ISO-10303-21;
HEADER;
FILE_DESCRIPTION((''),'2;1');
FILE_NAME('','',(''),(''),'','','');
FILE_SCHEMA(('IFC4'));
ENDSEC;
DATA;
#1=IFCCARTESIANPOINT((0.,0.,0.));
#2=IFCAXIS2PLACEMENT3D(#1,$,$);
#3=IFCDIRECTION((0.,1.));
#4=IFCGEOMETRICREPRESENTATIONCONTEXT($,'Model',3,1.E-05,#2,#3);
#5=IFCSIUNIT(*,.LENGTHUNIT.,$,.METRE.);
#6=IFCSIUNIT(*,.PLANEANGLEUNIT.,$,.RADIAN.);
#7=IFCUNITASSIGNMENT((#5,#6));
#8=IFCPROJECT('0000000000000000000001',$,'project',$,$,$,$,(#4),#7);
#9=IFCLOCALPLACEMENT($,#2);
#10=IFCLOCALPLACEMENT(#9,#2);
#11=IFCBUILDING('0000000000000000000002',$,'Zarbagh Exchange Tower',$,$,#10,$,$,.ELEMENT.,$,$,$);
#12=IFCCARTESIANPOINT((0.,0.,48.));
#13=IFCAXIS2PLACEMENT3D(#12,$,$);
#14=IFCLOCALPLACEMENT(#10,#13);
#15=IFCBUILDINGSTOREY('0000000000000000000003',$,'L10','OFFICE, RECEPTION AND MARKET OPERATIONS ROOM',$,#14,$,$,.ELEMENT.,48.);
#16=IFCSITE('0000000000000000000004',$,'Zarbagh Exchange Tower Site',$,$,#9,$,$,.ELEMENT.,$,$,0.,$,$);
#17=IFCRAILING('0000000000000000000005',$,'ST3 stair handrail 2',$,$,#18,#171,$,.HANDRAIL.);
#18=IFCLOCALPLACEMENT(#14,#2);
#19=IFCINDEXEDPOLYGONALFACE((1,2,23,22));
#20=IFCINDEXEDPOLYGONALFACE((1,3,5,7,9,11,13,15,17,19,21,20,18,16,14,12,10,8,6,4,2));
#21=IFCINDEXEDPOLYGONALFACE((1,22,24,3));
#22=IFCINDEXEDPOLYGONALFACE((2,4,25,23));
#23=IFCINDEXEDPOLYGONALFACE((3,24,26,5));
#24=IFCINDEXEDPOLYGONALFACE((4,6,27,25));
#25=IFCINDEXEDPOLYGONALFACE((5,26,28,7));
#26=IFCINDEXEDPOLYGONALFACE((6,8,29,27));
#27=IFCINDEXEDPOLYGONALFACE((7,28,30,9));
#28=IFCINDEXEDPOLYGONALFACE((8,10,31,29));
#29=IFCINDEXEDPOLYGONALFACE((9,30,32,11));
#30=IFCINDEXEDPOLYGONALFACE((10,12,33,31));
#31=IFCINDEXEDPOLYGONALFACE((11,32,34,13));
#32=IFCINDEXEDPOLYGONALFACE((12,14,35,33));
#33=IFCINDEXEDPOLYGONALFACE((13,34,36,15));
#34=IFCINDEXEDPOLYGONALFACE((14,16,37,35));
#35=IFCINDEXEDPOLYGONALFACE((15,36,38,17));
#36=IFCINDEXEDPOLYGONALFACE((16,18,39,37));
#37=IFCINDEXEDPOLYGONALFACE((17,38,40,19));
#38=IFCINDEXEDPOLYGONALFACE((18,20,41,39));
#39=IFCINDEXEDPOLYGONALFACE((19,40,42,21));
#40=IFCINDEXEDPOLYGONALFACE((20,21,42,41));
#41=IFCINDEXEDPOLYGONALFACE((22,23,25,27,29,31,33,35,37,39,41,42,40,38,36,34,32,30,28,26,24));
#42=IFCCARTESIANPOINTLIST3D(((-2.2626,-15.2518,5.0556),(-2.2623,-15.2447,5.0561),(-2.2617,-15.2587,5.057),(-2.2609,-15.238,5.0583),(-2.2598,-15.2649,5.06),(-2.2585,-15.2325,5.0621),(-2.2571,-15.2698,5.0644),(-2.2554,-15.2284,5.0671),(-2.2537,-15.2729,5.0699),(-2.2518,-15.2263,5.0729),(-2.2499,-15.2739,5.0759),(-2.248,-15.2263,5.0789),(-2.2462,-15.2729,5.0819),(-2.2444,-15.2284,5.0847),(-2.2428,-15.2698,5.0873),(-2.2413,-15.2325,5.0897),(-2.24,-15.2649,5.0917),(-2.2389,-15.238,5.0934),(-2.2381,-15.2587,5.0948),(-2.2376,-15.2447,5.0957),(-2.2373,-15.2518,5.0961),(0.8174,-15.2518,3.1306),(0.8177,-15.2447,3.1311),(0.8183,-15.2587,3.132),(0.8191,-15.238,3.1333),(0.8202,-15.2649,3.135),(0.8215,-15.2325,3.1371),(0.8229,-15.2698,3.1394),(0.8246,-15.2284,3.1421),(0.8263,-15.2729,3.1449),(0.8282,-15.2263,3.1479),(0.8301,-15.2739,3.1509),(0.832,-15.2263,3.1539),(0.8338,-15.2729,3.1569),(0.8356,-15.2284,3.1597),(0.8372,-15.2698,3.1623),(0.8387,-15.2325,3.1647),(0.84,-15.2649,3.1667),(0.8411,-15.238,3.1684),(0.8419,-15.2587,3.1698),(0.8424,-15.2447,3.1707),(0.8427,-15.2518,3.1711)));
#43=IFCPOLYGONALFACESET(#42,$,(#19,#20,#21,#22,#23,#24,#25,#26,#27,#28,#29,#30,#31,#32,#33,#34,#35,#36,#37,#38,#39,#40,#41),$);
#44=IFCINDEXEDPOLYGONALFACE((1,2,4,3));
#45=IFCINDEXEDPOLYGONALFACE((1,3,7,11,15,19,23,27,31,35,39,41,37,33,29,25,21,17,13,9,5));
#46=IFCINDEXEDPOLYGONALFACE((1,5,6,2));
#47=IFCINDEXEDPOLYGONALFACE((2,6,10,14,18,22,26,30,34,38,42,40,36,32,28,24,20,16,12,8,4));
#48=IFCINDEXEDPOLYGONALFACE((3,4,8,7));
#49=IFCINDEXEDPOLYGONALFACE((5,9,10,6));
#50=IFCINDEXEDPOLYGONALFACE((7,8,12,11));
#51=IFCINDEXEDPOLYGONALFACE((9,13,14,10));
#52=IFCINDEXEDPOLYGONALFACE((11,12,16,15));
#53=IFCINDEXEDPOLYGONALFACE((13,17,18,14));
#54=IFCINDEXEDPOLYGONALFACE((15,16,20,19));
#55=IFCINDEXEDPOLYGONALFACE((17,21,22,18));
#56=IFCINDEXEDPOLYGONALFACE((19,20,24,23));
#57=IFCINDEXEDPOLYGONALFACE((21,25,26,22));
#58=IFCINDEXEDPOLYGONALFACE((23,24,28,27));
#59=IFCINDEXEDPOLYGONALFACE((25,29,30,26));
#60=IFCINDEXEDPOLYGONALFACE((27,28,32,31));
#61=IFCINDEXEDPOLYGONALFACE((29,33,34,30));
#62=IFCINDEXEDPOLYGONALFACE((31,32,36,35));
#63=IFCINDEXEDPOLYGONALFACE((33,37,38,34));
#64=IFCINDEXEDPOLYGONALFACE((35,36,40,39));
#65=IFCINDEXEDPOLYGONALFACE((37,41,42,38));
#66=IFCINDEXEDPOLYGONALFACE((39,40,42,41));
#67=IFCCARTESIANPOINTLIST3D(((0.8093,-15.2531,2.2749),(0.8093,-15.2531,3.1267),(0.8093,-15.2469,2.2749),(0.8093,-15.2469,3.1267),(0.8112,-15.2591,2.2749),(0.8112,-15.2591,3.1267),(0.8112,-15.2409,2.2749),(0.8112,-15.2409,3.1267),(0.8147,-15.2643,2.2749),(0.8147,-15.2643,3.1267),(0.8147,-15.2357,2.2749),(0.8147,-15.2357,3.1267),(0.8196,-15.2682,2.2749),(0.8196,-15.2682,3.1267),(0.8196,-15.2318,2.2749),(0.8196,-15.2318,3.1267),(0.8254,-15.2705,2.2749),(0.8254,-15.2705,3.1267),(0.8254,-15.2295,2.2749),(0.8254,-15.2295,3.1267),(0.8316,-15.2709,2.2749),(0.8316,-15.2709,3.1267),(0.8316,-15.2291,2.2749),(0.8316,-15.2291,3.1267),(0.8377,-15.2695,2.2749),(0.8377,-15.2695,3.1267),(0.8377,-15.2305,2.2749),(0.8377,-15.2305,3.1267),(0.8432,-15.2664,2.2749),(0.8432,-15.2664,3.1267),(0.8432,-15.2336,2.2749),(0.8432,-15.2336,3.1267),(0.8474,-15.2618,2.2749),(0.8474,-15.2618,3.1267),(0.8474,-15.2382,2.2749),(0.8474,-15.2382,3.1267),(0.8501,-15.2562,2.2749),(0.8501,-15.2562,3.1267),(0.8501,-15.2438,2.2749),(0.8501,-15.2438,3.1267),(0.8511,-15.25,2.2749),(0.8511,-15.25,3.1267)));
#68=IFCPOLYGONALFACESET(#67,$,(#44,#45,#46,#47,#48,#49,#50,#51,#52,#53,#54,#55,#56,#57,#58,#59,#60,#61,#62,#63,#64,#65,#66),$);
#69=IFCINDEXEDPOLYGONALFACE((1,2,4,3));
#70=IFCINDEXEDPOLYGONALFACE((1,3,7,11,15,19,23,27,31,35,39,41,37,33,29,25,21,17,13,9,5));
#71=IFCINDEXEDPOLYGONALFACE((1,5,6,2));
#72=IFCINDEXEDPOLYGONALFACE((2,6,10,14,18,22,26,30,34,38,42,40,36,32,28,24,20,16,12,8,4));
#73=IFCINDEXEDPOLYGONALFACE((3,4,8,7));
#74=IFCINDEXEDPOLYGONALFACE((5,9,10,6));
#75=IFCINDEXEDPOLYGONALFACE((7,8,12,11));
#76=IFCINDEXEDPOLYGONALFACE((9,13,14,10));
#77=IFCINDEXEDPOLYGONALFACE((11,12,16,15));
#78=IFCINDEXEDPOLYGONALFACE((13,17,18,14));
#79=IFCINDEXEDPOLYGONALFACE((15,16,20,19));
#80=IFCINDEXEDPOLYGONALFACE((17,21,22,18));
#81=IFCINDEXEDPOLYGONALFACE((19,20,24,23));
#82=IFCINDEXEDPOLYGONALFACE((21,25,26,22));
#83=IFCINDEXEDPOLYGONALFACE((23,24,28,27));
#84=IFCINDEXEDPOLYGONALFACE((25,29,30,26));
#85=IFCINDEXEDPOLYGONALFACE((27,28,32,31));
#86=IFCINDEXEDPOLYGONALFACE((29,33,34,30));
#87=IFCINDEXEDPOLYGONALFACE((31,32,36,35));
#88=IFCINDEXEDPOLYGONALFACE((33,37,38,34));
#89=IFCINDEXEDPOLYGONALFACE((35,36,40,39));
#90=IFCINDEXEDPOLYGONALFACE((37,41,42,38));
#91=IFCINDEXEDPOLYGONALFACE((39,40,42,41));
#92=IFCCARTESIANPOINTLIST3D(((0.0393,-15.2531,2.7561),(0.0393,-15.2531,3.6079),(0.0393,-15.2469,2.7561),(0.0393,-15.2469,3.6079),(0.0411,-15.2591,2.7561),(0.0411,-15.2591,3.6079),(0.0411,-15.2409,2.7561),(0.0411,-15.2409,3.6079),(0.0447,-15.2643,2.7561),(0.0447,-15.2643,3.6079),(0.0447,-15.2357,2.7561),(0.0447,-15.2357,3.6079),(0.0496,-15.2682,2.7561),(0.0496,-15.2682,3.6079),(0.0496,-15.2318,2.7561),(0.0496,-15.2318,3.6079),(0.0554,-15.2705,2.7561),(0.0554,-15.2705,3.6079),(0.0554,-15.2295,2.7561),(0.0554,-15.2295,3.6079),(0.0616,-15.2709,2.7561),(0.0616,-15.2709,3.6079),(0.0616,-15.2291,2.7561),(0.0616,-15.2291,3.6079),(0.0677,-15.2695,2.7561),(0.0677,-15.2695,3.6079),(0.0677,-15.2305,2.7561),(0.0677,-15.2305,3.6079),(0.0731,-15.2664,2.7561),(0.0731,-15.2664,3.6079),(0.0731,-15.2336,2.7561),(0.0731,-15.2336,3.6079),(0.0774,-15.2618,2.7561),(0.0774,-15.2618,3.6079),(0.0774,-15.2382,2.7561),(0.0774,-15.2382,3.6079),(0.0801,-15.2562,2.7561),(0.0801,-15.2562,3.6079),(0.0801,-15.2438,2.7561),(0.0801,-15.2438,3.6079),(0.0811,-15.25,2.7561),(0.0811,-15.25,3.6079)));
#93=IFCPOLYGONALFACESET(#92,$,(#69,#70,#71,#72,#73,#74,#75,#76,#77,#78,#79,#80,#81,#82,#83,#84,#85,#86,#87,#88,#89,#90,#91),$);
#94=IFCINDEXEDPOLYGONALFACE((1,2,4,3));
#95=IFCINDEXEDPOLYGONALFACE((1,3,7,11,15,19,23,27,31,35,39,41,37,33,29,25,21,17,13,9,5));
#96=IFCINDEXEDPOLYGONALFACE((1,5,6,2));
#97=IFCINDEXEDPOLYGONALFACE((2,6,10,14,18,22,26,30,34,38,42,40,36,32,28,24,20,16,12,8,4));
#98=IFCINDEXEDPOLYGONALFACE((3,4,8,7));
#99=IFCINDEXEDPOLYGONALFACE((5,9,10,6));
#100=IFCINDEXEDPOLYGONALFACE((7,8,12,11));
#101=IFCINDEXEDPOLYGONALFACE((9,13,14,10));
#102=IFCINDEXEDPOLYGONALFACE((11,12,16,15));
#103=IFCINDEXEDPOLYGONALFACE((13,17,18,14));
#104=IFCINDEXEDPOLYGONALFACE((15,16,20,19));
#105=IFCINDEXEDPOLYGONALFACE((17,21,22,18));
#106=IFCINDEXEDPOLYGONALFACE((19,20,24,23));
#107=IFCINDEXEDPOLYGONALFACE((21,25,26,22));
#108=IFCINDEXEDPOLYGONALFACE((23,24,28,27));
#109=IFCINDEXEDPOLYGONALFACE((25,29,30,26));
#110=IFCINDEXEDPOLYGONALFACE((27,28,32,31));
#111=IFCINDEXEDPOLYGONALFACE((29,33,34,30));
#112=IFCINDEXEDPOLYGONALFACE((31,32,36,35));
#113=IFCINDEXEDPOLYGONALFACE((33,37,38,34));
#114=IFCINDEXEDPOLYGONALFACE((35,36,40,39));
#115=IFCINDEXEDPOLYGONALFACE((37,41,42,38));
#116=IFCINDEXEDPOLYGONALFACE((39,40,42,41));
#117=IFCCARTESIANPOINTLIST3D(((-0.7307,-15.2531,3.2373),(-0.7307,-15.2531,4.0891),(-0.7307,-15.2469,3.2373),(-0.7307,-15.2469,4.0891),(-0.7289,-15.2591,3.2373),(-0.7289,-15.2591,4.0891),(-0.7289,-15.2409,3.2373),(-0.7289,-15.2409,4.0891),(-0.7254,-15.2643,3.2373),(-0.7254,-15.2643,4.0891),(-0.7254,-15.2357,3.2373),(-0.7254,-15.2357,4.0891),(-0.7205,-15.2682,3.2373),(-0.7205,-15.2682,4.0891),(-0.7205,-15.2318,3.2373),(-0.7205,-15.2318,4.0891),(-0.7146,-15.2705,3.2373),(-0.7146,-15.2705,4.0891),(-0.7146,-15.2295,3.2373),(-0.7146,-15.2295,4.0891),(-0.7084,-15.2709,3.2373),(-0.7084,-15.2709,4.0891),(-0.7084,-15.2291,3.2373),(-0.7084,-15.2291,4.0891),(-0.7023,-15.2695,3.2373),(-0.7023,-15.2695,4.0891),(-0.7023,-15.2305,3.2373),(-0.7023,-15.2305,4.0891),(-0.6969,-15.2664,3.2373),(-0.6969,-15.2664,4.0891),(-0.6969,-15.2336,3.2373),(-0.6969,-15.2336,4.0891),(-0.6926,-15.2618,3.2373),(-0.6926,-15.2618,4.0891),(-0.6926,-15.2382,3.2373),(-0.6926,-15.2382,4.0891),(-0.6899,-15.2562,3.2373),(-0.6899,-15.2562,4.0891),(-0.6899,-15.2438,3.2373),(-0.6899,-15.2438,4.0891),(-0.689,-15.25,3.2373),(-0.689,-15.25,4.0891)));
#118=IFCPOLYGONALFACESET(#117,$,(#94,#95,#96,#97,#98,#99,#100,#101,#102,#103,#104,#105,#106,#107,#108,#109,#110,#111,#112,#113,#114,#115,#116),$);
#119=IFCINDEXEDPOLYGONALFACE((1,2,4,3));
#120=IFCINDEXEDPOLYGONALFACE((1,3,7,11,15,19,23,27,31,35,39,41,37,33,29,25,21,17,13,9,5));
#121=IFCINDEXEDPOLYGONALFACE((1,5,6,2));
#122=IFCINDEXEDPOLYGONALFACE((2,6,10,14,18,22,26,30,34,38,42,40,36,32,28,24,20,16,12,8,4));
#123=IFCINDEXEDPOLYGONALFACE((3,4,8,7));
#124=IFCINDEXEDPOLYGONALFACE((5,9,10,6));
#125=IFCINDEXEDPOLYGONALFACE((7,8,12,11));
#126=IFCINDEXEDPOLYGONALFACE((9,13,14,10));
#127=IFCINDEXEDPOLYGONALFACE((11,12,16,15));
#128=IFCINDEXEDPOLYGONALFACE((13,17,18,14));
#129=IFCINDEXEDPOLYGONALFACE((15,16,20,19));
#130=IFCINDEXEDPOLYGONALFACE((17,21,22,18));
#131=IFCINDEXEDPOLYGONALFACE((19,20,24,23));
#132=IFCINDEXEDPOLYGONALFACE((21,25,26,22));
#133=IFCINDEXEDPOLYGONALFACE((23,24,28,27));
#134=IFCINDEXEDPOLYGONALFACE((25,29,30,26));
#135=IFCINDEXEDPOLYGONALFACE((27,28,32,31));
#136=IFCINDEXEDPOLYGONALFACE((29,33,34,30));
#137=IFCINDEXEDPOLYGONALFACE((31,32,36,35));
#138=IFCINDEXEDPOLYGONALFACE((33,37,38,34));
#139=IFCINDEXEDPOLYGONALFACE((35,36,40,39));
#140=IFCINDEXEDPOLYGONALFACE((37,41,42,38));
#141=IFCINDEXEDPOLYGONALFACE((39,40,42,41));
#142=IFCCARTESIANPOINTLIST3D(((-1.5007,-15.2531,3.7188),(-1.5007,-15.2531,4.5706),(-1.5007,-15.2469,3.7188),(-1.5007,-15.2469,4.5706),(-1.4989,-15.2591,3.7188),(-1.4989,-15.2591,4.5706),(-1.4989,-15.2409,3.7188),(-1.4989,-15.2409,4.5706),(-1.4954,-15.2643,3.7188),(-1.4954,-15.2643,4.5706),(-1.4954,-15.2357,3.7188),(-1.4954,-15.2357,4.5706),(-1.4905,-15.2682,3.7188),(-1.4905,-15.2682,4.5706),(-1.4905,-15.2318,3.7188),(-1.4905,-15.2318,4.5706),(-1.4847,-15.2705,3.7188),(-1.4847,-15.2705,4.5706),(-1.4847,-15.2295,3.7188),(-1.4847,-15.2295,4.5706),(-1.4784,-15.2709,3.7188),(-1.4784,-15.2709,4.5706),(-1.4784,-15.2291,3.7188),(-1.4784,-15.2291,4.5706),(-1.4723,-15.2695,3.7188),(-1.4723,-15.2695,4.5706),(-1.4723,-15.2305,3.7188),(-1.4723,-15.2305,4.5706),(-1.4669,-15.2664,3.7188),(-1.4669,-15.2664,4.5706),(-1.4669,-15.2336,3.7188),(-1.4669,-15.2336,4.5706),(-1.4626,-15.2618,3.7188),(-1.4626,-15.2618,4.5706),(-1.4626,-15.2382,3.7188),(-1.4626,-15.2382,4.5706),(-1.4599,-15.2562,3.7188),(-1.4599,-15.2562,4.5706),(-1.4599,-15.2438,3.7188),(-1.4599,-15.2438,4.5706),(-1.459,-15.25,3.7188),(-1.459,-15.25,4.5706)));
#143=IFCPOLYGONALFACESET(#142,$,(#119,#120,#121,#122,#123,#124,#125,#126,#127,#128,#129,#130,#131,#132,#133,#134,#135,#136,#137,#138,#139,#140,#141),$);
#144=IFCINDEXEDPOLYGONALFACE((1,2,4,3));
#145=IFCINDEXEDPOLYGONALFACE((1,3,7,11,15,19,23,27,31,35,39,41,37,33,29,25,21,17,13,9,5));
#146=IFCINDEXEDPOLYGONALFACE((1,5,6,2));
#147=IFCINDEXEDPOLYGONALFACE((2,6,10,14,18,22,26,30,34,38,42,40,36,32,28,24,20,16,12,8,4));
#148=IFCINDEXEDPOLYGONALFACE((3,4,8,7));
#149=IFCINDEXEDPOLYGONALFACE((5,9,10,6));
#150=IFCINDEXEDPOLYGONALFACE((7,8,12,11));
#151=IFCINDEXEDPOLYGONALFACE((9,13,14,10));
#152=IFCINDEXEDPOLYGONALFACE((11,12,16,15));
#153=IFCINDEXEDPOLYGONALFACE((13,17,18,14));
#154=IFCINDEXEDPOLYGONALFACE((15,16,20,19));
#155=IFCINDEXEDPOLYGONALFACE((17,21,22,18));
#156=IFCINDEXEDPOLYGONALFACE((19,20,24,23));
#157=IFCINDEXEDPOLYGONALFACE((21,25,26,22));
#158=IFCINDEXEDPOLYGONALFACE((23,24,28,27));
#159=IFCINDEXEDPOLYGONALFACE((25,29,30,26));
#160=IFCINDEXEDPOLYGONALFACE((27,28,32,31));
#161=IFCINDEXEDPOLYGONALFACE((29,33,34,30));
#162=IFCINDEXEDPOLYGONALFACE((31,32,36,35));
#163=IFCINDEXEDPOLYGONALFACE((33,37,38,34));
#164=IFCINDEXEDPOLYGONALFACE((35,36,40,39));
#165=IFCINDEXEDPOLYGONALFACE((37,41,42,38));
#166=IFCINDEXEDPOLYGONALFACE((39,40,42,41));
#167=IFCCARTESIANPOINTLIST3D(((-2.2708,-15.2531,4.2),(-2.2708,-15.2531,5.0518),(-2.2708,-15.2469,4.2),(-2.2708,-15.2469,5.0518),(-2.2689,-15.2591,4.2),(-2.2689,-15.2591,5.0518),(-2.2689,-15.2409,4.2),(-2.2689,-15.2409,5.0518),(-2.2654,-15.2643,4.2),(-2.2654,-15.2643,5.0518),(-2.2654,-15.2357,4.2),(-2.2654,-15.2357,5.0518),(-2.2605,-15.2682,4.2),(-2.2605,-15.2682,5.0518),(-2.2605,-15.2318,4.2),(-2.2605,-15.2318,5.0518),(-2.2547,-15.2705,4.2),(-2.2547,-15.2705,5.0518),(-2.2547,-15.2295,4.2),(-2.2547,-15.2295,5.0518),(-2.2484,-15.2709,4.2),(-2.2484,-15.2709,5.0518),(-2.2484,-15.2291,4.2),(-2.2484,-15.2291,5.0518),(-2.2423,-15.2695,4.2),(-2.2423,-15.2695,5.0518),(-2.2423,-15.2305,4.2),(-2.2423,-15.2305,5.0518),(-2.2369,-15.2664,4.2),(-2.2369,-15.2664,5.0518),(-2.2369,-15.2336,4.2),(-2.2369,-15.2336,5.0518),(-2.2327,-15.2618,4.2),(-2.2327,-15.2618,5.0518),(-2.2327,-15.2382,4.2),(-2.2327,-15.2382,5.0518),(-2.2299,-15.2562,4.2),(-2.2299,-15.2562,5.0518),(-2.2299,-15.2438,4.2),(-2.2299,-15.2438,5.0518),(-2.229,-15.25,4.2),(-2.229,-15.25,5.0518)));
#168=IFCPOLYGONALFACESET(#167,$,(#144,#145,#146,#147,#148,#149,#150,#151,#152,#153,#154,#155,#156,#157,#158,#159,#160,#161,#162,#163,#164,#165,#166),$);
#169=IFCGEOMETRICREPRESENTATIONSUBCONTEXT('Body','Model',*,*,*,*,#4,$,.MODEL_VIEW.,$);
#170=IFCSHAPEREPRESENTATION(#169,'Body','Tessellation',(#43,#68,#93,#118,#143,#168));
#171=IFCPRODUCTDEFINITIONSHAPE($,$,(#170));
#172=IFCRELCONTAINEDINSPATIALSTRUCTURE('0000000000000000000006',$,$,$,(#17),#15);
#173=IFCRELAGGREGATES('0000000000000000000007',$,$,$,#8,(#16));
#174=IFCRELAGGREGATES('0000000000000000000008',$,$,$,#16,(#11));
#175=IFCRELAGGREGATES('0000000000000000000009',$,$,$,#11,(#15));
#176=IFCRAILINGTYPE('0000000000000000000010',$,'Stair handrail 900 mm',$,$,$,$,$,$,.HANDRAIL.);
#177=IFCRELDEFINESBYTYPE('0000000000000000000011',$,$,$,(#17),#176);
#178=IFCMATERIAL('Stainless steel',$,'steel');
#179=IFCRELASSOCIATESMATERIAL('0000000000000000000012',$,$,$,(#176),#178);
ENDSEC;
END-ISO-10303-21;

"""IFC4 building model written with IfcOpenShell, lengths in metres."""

from ifc_helpers import new_model, si_unit, direction, frame, origin, origin_2d, place, context, subcontext, project, spatial, circle, extrude, material, type_object, element, save


model = new_model("IFC4")

# Units and contexts
model_context = context("Model", 3, precision=1e-05, world=origin(), true_north=direction((0.0, 1.0)))
body_context = subcontext(model_context, "Body", "Model", "MODEL_VIEW")
ifc_project = project(units=[si_unit("LENGTHUNIT", "METRE"), si_unit("PLANEANGLEUNIT", "RADIAN")], contexts=[model_context])

# Site, building, storey
site_placement = place(None, origin())
site = spatial("IfcSite", under=ifc_project, at=site_placement, Name="Zarbagh Exchange Tower Site", CompositionType="ELEMENT", RefElevation=0.0)
building_placement = place(site_placement, origin())
building = spatial("IfcBuilding", under=site, at=building_placement, Name="Zarbagh Exchange Tower", CompositionType="ELEMENT")
storey_placement = place(building_placement, frame((0.0, 0.0, 48.0)))
storey = spatial("IfcBuildingStorey", under=building, at=storey_placement, Name="L10", Description="OFFICE, RECEPTION AND MARKET OPERATIONS ROOM", CompositionType="ELEMENT", Elevation=48.0)

# Railing
ifc_material_1 = material(Name="Stainless steel", Category="steel")
railing_type_1 = type_object("IfcRailingType", Name="Stair handrail 900 mm", PredefinedType="HANDRAIL", material=ifc_material_1)
for number, where, name in (
    (1, (0.8301, -15.25, 2.2749), "ST3 stair handrail 2"),
):
    element("IfcRailing", number, at=place(storey_placement, frame(where)), inside=storey, type_object=railing_type_1, Name=name, PredefinedType="HANDRAIL", context=body_context, shape_type="SweptSolid", body=[
        extrude(circle(Radius=0.0239, at=origin_2d()), frame((0.0, 0.0, 0.876), z_axis=(-0.847998, 0.0, 0.529999), x_axis=(0.0, -1.0, 0.0)), (0.0, 0.0, 1.0), 3.6321),
        extrude(circle(Radius=0.021, at=origin_2d()), origin(), (0.0, 0.0, 1.0), 0.8518),
        extrude(circle(Radius=0.021, at=origin_2d()), frame((-0.77, 0.0, 0.4812)), (0.0, 0.0, 1.0), 0.8518),
        extrude(circle(Radius=0.021, at=origin_2d()), frame((-1.54, 0.0, 0.9624)), (0.0, 0.0, 1.0), 0.8518),
        extrude(circle(Radius=0.021, at=origin_2d()), frame((-2.3101, 0.0, 1.4438)), (0.0, 0.0, 1.0), 0.8518),
        extrude(circle(Radius=0.021, at=origin_2d()), frame((-3.0801, 0.0, 1.925)), (0.0, 0.0, 1.0), 0.8518),
    ])

save(model, "model.ifc")
